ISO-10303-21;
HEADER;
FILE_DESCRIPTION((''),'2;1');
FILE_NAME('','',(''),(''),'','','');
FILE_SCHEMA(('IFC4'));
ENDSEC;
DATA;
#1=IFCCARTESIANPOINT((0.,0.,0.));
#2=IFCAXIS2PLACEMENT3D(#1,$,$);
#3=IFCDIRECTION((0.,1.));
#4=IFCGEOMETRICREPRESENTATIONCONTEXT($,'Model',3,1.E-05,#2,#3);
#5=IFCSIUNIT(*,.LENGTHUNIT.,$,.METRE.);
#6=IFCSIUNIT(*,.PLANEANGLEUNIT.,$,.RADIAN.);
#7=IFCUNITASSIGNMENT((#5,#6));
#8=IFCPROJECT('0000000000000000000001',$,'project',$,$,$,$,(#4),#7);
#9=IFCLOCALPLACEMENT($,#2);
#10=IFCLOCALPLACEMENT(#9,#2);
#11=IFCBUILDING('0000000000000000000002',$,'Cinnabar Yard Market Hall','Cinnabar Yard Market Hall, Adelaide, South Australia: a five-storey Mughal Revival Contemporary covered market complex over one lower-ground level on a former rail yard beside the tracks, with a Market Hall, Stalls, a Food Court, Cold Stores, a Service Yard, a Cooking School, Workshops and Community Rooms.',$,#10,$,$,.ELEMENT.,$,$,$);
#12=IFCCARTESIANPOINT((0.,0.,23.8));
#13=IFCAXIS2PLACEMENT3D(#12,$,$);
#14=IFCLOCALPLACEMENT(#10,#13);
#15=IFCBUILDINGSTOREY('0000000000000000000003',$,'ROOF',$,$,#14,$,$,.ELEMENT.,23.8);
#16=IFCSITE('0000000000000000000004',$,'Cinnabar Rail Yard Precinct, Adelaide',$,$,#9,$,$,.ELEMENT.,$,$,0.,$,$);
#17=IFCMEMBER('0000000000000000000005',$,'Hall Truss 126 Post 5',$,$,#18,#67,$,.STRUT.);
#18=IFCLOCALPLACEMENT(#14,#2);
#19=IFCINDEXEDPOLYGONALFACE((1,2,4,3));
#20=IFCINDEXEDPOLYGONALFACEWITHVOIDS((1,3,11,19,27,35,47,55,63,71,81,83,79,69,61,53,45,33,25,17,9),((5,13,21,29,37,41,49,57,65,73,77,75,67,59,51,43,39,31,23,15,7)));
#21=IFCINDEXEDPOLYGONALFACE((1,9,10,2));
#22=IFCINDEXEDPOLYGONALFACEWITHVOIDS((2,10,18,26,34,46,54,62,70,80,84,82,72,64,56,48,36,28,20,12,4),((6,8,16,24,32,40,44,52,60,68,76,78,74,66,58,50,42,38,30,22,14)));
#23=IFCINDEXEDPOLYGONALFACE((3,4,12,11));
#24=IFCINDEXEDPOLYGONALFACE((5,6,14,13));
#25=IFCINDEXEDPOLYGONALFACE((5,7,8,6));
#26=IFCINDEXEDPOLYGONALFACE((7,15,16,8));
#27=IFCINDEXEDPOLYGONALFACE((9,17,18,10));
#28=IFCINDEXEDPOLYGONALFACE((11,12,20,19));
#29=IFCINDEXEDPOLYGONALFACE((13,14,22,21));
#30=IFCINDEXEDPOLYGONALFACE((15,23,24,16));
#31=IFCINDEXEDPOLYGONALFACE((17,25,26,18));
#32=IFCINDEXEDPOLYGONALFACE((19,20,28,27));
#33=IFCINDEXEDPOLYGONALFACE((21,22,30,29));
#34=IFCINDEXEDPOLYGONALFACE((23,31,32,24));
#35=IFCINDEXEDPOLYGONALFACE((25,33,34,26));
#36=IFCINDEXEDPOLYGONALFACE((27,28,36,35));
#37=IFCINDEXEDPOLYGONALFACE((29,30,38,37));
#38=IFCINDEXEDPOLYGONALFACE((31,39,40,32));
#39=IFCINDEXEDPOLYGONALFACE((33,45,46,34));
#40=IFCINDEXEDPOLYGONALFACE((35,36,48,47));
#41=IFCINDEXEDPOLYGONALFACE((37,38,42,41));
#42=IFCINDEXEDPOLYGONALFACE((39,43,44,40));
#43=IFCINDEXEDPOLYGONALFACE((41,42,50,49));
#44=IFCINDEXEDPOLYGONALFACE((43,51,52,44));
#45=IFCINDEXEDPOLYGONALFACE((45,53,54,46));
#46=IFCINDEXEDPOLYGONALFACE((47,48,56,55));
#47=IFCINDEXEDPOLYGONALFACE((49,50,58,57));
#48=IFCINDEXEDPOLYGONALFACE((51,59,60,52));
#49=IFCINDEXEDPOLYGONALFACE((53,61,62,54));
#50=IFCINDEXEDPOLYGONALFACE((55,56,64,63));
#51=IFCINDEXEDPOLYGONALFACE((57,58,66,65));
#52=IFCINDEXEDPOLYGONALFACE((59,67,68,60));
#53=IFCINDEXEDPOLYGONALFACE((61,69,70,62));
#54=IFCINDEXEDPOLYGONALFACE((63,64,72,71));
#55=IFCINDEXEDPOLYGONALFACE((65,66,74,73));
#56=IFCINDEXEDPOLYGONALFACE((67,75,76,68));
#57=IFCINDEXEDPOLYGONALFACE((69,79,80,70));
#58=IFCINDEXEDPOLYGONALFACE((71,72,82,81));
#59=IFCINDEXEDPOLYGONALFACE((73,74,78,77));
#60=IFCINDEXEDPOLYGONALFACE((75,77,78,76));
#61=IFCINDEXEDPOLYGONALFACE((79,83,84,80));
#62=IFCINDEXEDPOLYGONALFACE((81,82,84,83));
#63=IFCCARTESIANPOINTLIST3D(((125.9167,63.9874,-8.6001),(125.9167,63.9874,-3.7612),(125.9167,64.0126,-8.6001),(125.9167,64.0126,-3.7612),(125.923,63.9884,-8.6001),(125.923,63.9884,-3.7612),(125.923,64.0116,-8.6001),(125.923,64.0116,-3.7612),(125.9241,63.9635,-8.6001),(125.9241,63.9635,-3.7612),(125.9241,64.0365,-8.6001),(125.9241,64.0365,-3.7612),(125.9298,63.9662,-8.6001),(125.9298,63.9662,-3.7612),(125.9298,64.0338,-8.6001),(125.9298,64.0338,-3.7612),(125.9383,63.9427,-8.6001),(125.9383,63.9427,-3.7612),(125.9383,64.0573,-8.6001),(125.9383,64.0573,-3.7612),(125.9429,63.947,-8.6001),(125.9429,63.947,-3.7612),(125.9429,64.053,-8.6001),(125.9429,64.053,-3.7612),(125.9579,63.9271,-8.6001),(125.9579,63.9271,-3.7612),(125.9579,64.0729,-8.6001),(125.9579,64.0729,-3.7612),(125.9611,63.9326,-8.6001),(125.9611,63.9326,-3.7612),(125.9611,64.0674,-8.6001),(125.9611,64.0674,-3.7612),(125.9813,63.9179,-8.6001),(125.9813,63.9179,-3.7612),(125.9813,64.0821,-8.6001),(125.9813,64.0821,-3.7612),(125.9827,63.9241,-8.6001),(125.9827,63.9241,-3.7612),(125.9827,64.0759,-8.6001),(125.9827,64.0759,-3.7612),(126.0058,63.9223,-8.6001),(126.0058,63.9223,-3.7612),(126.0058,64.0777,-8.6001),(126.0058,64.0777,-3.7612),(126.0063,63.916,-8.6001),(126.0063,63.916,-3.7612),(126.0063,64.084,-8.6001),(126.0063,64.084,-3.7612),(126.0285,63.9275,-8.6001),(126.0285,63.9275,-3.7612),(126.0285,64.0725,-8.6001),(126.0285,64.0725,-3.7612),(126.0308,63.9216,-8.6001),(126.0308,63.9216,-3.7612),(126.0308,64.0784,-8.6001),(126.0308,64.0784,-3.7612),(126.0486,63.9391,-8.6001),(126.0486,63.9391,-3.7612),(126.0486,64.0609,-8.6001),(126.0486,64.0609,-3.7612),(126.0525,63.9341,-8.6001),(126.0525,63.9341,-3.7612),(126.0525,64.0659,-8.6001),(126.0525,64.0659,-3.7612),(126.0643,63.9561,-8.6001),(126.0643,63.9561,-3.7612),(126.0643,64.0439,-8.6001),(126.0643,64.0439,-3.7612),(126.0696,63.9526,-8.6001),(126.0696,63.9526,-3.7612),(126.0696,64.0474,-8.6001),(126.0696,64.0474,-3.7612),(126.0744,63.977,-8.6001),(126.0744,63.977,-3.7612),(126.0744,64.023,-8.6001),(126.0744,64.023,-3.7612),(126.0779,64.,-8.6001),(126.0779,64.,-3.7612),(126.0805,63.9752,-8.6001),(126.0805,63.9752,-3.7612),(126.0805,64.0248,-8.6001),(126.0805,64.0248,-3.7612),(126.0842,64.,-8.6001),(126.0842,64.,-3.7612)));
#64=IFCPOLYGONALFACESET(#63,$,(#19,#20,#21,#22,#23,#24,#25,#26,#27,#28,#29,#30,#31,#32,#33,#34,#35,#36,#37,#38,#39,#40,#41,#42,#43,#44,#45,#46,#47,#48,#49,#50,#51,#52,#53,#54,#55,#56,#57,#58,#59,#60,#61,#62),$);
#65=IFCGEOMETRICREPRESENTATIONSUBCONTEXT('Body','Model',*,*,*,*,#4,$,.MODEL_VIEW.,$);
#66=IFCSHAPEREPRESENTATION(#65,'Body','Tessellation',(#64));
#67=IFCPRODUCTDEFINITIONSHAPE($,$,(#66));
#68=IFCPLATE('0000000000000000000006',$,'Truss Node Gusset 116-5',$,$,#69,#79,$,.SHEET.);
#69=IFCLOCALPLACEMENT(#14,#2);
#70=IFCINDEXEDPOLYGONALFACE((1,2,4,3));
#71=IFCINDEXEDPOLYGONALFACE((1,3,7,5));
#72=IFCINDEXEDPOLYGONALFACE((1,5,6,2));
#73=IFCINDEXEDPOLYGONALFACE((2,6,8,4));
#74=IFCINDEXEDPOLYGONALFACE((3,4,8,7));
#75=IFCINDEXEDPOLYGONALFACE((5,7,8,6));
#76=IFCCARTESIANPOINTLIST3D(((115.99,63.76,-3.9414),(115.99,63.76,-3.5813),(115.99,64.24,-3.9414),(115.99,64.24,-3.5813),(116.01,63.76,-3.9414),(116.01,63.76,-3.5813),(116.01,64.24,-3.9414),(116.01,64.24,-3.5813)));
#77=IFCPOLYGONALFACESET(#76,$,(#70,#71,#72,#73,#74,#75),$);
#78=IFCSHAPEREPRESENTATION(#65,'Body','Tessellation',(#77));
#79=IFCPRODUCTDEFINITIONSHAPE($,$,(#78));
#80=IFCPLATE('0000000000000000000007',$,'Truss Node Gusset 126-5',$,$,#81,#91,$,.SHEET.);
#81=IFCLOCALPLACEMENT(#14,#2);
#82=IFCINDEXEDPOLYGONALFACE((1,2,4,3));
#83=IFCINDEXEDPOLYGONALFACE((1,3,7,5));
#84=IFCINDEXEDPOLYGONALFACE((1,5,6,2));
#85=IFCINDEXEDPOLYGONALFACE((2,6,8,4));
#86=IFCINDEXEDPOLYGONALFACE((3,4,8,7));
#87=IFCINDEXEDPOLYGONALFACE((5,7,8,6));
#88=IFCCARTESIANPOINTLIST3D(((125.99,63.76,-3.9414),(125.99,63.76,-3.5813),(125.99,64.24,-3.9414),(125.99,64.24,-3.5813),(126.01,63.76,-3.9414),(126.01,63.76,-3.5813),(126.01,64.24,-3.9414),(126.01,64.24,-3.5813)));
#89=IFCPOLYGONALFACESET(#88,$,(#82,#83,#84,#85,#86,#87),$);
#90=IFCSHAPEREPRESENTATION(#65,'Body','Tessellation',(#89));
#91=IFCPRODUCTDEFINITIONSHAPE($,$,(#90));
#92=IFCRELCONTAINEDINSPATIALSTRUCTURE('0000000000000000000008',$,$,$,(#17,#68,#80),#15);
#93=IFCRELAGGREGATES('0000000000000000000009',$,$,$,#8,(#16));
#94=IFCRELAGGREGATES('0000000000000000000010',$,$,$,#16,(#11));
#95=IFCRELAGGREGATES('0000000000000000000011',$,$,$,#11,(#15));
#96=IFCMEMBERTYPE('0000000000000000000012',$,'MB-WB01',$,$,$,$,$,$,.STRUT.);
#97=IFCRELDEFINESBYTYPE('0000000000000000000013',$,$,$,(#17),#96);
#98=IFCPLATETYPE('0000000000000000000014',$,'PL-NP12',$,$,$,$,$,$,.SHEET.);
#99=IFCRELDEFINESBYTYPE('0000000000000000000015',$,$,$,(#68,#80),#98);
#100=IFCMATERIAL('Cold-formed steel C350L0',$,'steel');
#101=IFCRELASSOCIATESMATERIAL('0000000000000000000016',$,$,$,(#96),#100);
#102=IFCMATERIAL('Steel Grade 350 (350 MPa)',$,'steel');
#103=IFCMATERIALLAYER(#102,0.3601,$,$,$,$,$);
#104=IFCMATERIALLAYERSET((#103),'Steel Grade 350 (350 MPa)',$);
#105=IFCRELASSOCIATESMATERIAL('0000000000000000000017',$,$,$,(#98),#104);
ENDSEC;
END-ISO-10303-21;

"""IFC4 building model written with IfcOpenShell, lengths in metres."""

from ifc_helpers import new_model, si_unit, direction, frame, origin, origin_2d_with_axis, place, context, subcontext, project, spatial, rectangle, hollow_circle, extrude, material, layer, layer_set, material_profile, profile_set, type_object, element, save


model = new_model("IFC4")

# Units and contexts
model_context = context("Model", 3, precision=1e-05, world=origin(), true_north=direction((0.0, 1.0)))
body_context = subcontext(model_context, "Body", "Model", "MODEL_VIEW")
ifc_project = project(units=[si_unit("LENGTHUNIT", "METRE"), si_unit("PLANEANGLEUNIT", "RADIAN")], contexts=[model_context])

# Site, building, storey
site_placement = place(None, origin())
site = spatial("IfcSite", under=ifc_project, at=site_placement, Name="Cinnabar Rail Yard Precinct, Adelaide", CompositionType="ELEMENT", RefElevation=0.0)
building_placement = place(site_placement, origin())
building = spatial("IfcBuilding", under=site, at=building_placement, Name="Cinnabar Yard Market Hall", Description="Cinnabar Yard Market Hall, Adelaide, South Australia: a five-storey Mughal Revival Contemporary covered market complex over one lower-ground level on a former rail yard beside the tracks, with a Market Hall, Stalls, a Food Court, Cold Stores, a Service Yard, a Cooking School, Workshops and Community Rooms.", CompositionType="ELEMENT")
storey_placement = place(building_placement, frame((0.0, 0.0, 23.8)))
storey = spatial("IfcBuildingStorey", under=building, at=storey_placement, Name="ROOF", CompositionType="ELEMENT", Elevation=23.8)

# Member
ifc_material_1 = material(Name="Cold-formed steel C350L0", Category="steel")
ifc_material_profile_1 = material_profile(ifc_material_1, hollow_circle(Radius=0.0842, WallThickness=0.0063, at=origin_2d_with_axis()), Name="168.3x6.4CHS")
ifc_profile_set_1 = profile_set([ifc_material_profile_1], Name="Cold-formed steel C350L0")
member_type_1 = type_object("IfcMemberType", Name="MB-WB01", PredefinedType="STRUT", material=ifc_profile_set_1)
for number, where, z_axis, x_axis, name in (
    (1, (126.0, 64.0, -8.6001), (0.0, 0.0, 1.0), (1.0, 0.0, 0.0), "Hall Truss 126 Post 5"),
):
    element("IfcMember", number, at=place(storey_placement, frame(where, z_axis=z_axis, x_axis=x_axis)), inside=storey, type_object=member_type_1, Name=name, PredefinedType="STRUT", context=body_context, shape_type="SweptSolid", body=[
        extrude(hollow_circle(Radius=0.0842, WallThickness=0.0063, at=origin_2d_with_axis()), origin(), (0.0, 0.0, 1.0), 4.8389),
    ])

# Plates
ifc_material_2 = material(Name="Steel Grade 350 (350 MPa)", Category="steel")
ifc_layer = layer(ifc_material_2, 0.3601)
ifc_layer_set = layer_set([ifc_layer], Name="Steel Grade 350 (350 MPa)")
plate_type = type_object("IfcPlateType", Name="PL-NP12", PredefinedType="SHEET", material=ifc_layer_set)
for number, where, z_axis, x_axis, name in (
    (2, (116.0, 64.0, -3.9414), (0.0, 0.0, 1.0), (1.0, 0.0, 0.0), "Truss Node Gusset 116-5"),
    (3, (126.0, 64.0, -3.9414), (0.0, 0.0, 1.0), (1.0, 0.0, 0.0), "Truss Node Gusset 126-5"),
):
    element("IfcPlate", number, at=place(storey_placement, frame(where, z_axis=z_axis, x_axis=x_axis)), inside=storey, type_object=plate_type, Name=name, PredefinedType="SHEET", context=body_context, shape_type="SweptSolid", body=[
        extrude(rectangle(XDim=0.02, YDim=0.48, at=origin_2d_with_axis()), origin(), (0.0, 0.0, 1.0), 0.3601),
    ])

save(model, "model.ifc")
